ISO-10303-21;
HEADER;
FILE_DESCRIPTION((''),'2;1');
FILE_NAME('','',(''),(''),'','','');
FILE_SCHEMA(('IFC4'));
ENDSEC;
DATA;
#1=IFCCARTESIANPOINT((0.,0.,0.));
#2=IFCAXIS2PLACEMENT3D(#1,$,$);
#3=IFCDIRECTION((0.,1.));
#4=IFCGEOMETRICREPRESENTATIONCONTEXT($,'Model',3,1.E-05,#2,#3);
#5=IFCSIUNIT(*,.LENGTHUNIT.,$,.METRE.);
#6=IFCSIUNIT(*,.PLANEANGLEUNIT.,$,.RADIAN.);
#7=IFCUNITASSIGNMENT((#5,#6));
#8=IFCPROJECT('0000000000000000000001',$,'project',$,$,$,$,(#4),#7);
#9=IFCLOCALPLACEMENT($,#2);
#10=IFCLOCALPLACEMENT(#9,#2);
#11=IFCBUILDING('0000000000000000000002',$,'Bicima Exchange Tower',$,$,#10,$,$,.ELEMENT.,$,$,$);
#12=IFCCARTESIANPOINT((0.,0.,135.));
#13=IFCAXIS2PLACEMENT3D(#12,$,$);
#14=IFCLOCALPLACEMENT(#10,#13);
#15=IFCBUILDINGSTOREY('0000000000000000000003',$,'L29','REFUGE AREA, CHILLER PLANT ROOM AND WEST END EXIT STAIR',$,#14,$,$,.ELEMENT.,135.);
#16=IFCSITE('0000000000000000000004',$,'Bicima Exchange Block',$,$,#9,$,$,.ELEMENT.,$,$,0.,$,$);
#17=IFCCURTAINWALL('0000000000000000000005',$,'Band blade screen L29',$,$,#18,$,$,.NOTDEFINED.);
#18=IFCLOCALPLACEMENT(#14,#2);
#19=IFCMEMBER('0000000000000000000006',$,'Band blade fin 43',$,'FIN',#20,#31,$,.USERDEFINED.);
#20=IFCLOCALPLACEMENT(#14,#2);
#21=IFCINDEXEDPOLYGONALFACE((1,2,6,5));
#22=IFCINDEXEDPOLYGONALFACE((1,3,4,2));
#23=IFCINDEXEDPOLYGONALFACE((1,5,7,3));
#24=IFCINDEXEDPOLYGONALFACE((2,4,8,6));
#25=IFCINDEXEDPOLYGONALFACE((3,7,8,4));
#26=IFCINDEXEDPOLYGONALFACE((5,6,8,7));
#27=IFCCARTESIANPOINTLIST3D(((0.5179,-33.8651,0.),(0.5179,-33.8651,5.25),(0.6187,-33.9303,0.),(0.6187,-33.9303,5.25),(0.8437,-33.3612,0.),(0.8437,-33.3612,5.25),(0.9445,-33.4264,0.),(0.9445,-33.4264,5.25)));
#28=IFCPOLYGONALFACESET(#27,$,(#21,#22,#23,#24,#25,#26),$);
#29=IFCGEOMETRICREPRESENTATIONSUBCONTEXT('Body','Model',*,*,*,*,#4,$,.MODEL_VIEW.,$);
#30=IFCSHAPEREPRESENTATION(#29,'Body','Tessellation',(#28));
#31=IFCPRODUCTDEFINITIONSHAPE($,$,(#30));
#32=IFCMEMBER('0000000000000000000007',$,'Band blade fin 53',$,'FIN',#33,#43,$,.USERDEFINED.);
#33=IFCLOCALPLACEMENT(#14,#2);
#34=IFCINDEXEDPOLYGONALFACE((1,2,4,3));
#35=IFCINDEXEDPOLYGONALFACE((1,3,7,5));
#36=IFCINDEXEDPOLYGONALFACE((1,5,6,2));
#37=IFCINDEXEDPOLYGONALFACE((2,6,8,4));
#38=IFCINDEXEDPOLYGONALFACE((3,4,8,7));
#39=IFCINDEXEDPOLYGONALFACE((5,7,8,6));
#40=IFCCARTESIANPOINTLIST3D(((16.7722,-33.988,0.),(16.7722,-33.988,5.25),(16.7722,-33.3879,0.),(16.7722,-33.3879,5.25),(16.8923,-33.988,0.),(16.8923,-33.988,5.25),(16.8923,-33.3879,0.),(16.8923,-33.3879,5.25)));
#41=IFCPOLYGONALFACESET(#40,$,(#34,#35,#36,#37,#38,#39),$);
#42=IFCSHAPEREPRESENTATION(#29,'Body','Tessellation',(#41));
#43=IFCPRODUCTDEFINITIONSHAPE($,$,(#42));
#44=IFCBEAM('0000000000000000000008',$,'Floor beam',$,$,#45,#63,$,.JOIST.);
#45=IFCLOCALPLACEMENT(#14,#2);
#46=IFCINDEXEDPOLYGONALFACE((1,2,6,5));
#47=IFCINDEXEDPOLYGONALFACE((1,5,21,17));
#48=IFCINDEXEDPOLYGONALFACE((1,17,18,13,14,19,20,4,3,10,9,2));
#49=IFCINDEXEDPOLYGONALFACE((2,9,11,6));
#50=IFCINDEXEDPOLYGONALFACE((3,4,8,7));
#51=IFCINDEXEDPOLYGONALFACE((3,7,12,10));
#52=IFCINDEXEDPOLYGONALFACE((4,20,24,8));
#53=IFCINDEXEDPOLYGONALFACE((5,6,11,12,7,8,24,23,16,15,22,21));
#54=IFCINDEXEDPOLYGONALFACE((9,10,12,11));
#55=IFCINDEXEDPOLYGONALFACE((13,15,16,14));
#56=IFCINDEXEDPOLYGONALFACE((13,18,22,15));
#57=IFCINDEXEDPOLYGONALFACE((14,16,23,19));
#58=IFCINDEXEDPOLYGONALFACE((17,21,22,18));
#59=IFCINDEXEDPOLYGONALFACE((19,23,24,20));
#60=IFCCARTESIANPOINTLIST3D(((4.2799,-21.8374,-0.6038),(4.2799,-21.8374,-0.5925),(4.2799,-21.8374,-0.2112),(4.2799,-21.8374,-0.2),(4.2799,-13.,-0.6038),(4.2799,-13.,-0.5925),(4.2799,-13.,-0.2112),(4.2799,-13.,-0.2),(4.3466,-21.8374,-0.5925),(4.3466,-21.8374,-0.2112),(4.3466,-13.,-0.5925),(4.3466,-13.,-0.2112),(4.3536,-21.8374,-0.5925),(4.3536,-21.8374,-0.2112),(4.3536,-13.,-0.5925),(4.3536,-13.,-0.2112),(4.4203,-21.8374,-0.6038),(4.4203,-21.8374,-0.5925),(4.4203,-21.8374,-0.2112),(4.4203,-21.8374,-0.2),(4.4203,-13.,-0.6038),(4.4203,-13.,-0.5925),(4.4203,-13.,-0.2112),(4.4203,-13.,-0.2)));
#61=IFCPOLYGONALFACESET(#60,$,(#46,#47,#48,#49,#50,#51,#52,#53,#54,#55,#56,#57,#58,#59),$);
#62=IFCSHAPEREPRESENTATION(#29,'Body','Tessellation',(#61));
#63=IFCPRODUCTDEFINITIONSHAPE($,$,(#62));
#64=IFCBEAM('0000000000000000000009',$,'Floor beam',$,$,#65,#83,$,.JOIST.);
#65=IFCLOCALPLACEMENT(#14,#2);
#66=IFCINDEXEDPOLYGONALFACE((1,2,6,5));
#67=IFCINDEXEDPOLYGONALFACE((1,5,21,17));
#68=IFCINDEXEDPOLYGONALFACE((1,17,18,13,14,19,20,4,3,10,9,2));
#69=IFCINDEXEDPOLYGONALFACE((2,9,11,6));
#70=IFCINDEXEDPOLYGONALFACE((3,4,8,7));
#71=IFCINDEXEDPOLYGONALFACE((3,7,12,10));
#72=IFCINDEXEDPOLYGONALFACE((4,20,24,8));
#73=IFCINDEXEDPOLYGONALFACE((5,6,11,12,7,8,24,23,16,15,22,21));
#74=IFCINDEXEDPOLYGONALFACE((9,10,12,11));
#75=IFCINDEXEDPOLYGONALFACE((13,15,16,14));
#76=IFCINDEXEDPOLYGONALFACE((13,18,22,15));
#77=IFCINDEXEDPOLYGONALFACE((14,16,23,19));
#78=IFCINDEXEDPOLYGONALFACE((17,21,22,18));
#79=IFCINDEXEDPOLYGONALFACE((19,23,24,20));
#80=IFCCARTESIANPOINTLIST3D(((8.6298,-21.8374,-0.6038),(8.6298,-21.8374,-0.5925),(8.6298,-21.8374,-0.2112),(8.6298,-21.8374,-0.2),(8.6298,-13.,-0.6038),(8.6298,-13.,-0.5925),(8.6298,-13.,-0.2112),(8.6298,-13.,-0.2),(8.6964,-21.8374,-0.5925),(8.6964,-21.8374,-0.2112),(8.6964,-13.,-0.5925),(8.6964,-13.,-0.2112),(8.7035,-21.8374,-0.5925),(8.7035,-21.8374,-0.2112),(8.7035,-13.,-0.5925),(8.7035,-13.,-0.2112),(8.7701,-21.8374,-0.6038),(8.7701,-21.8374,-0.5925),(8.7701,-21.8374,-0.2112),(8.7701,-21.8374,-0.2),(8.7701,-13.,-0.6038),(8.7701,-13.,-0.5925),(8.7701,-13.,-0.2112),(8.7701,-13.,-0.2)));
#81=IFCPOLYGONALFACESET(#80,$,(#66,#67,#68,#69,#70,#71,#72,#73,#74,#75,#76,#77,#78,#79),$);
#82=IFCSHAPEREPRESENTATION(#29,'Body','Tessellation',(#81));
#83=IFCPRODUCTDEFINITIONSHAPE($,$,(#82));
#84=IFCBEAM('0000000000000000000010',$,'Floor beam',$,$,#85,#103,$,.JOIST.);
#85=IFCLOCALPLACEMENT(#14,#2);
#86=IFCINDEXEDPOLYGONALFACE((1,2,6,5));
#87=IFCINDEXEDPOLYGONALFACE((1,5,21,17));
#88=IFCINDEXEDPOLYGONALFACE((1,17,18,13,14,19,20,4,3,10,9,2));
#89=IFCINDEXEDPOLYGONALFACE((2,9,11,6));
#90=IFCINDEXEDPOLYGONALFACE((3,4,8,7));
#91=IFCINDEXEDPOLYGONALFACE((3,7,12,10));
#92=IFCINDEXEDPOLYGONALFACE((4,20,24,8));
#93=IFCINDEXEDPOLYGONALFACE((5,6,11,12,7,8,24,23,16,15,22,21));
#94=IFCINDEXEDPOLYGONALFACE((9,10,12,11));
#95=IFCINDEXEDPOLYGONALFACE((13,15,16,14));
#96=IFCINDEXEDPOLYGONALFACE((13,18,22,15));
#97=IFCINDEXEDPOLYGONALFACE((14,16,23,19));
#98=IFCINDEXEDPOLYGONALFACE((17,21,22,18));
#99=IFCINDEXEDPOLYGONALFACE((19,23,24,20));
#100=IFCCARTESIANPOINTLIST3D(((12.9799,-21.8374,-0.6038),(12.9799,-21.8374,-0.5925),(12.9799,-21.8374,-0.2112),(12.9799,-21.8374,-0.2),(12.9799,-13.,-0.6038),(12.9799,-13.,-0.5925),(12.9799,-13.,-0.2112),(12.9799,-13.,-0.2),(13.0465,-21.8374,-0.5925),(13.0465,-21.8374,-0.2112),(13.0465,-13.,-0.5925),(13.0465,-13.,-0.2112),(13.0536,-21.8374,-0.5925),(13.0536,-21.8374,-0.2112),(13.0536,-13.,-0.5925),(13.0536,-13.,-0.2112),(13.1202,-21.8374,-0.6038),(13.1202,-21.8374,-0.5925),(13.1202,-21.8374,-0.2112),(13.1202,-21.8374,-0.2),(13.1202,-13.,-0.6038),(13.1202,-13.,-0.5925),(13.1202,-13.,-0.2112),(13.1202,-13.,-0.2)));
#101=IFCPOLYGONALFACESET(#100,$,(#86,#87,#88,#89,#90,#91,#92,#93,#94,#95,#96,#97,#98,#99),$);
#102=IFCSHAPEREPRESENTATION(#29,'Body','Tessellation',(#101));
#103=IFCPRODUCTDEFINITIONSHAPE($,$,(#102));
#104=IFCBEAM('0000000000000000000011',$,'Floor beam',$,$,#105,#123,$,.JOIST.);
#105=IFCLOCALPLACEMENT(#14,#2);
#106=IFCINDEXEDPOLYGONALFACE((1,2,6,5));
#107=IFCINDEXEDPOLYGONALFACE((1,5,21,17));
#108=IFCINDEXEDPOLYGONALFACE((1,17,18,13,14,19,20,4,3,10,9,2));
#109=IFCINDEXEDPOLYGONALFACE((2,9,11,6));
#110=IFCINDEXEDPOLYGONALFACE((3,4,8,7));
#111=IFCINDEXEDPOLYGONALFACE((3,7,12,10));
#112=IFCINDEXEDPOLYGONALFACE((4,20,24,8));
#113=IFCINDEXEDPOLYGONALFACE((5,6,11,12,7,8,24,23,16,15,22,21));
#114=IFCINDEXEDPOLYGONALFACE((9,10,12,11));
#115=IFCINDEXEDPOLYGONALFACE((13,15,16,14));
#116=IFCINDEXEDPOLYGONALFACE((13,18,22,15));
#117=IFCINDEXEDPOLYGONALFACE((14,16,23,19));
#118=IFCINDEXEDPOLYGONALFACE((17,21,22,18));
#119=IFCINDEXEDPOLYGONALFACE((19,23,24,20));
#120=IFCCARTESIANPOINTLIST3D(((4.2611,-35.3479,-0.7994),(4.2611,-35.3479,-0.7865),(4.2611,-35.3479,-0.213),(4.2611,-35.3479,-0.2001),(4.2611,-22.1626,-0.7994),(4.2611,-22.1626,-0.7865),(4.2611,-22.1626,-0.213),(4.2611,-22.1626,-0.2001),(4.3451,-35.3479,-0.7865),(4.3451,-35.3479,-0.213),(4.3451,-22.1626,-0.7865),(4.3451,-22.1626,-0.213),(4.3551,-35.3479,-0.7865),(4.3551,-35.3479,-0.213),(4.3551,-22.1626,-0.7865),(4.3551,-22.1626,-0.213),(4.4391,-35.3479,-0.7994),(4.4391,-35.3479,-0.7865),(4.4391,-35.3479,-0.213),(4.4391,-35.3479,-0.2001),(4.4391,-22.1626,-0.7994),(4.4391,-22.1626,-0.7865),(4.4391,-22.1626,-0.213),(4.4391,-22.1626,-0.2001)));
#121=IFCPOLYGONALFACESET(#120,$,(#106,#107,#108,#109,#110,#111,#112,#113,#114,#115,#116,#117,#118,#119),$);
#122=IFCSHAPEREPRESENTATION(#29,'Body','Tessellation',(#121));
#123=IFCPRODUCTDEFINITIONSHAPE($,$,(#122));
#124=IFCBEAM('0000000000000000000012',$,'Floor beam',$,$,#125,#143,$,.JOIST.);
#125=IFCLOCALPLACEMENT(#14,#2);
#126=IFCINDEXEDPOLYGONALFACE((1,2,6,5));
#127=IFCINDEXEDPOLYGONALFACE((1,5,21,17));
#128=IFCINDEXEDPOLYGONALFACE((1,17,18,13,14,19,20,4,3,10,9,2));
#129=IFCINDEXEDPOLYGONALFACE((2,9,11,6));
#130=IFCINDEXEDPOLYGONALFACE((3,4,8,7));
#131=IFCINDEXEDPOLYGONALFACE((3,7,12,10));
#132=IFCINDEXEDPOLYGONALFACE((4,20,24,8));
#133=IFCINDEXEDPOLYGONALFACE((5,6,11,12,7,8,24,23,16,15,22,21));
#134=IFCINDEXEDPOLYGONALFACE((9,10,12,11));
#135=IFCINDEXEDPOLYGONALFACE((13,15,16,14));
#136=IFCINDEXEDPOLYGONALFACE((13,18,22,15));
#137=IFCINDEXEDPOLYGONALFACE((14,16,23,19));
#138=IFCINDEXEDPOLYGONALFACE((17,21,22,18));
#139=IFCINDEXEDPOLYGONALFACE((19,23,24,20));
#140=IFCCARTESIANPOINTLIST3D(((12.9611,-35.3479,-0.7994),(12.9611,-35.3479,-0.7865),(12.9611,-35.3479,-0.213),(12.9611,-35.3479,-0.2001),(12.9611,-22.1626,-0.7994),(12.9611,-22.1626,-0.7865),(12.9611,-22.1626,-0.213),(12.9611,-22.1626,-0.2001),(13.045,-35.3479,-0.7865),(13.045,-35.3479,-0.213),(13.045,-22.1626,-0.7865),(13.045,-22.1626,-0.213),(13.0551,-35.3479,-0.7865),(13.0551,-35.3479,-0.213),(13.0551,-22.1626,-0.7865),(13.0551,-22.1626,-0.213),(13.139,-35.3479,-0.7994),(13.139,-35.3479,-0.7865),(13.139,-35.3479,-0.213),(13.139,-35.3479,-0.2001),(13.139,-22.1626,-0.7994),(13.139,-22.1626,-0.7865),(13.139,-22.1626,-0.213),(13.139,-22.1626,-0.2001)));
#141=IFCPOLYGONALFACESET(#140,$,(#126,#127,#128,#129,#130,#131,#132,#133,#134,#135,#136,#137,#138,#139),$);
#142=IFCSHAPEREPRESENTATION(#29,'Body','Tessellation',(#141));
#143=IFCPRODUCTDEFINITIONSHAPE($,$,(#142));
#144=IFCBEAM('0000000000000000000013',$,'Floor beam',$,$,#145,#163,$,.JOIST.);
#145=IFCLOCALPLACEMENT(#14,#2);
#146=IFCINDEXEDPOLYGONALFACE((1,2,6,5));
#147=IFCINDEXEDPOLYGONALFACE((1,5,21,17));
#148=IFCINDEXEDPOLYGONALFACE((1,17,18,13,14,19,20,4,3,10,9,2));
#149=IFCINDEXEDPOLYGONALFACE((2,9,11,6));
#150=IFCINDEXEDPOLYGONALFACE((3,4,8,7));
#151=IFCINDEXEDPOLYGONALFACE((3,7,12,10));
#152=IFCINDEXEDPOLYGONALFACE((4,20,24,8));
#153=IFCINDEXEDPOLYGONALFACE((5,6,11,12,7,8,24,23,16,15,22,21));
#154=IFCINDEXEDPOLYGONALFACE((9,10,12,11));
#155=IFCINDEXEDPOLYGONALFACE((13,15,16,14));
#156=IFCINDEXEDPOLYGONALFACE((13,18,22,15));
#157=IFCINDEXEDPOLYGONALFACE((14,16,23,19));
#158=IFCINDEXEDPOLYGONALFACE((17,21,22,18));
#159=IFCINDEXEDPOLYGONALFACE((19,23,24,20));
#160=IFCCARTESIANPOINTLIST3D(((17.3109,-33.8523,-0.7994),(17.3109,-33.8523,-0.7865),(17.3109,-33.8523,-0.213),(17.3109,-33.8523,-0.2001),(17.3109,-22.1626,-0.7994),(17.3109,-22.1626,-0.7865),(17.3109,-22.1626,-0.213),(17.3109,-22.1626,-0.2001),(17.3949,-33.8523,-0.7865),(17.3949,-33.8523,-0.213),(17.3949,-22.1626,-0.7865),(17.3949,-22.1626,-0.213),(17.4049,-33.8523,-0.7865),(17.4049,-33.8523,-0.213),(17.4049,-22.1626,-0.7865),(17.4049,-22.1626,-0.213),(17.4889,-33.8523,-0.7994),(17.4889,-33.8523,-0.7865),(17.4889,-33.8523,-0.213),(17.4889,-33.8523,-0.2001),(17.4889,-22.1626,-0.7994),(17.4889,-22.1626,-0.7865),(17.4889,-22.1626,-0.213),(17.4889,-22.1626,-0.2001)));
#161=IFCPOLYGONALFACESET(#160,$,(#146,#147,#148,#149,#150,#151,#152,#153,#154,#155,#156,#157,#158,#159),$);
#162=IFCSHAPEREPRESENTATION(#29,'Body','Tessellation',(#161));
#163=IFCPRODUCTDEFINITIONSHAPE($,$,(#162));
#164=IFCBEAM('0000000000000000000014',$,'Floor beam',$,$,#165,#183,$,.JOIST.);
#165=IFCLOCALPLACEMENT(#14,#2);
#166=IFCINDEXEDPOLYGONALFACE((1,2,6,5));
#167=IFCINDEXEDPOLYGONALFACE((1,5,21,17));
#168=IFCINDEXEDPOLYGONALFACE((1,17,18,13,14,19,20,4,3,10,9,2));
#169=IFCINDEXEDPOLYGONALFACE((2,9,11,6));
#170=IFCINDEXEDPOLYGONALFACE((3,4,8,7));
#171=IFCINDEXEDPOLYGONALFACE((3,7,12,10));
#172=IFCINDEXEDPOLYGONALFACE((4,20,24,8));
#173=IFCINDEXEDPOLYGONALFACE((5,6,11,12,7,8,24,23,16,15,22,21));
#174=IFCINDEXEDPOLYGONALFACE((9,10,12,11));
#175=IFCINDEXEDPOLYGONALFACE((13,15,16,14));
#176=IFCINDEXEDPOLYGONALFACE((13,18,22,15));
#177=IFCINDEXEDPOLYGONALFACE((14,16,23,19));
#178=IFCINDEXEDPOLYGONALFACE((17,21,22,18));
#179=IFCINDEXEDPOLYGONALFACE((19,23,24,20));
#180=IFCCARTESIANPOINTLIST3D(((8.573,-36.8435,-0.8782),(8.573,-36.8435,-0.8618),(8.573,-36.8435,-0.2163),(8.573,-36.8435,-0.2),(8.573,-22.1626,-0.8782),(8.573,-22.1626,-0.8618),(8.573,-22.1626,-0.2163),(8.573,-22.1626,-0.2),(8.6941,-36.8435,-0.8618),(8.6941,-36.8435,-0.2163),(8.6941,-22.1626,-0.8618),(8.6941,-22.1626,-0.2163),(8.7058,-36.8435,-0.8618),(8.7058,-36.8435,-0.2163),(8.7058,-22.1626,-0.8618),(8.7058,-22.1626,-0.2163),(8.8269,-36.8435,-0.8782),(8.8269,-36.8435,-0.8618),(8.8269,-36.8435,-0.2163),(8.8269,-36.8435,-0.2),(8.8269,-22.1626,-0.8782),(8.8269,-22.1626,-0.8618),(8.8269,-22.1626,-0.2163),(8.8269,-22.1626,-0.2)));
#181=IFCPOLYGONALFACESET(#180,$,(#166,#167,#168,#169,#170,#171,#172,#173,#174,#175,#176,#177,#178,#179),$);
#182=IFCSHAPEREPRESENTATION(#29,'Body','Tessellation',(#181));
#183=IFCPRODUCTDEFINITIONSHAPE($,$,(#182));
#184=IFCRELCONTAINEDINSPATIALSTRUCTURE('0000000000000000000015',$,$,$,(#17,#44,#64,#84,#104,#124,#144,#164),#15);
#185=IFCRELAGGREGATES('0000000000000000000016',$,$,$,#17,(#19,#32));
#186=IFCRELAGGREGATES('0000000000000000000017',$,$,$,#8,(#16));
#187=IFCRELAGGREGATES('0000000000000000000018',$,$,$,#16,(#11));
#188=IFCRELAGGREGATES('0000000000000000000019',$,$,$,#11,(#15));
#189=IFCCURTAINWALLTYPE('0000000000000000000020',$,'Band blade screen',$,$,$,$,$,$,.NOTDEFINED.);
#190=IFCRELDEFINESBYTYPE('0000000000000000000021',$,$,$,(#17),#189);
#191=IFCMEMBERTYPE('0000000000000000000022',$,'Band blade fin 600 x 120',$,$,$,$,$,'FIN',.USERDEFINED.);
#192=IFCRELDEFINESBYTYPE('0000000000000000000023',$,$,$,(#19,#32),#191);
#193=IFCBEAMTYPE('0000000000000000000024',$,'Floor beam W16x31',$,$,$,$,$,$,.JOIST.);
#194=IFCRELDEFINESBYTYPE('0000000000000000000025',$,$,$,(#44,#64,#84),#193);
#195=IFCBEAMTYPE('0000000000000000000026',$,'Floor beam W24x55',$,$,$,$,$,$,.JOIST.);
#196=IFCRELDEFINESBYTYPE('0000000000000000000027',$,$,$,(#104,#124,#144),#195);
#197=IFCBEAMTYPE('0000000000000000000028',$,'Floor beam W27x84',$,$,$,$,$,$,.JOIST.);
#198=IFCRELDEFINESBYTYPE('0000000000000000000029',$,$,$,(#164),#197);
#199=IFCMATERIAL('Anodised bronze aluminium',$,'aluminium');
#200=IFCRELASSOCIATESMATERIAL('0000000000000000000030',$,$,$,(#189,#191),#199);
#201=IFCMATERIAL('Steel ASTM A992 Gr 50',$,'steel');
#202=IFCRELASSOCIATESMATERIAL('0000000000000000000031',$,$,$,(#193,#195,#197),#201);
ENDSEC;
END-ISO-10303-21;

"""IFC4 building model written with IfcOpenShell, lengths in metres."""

from ifc_helpers import new_model, si_unit, direction, frame, origin, origin_2d, place, context, subcontext, project, spatial, rectangle, i_section, extrude, material, material_profile, profile_set, type_object, element, aggregate, save


model = new_model("IFC4")

# Units and contexts
model_context = context("Model", 3, precision=1e-05, world=origin(), true_north=direction((0.0, 1.0)))
body_context = subcontext(model_context, "Body", "Model", "MODEL_VIEW")
ifc_project = project(units=[si_unit("LENGTHUNIT", "METRE"), si_unit("PLANEANGLEUNIT", "RADIAN")], contexts=[model_context])

# Site, building, storey
site_placement = place(None, origin())
site = spatial("IfcSite", under=ifc_project, at=site_placement, Name="Bicima Exchange Block", CompositionType="ELEMENT", RefElevation=0.0)
building_placement = place(site_placement, origin())
building = spatial("IfcBuilding", under=site, at=building_placement, Name="Bicima Exchange Tower", CompositionType="ELEMENT")
storey_placement = place(building_placement, frame((0.0, 0.0, 135.0)))
storey = spatial("IfcBuildingStorey", under=building, at=storey_placement, Name="L29", Description="REFUGE AREA, CHILLER PLANT ROOM AND WEST END EXIT STAIR", CompositionType="ELEMENT", Elevation=135.0)

# Curtain wall, members
ifc_material_1 = material(Name="Anodised bronze aluminium", Category="aluminium")
curtain_wall_type = type_object("IfcCurtainWallType", Name="Band blade screen", PredefinedType="NOTDEFINED", material=ifc_material_1)
curtain_wall_placement = place(storey_placement, origin())
curtain_wall = element("IfcCurtainWall", 1, at=curtain_wall_placement, inside=storey, type_object=curtain_wall_type, Name="Band blade screen L29", PredefinedType="NOTDEFINED")
ifc_material_profile_1 = material_profile(ifc_material_1, rectangle(XDim=0.6001, YDim=0.1201, at=origin_2d()))
ifc_profile_set_1 = profile_set([ifc_material_profile_1], Name="Anodised bronze aluminium")
member_type = type_object("IfcMemberType", Name="Band blade fin 600 x 120", ElementType="FIN", PredefinedType="USERDEFINED", material=ifc_profile_set_1)
member_1_placement = place(storey_placement, frame((0.7312, -33.6458, 0.0), z_axis=(0.0, 0.0, 1.0), x_axis=(0.542909, 0.839791, 0.0)))
member_1 = element("IfcMember", 2, at=member_1_placement, type_object=member_type, Name="Band blade fin 43", ObjectType="FIN", PredefinedType="USERDEFINED", context=body_context, shape_type="SweptSolid", body=[
    extrude(rectangle(XDim=0.6001, YDim=0.1201, at=origin_2d()), origin(), (0.0, 0.0, 1.0), 5.25),
])
member_2_placement = place(storey_placement, frame((16.8323, -33.688, 0.0), z_axis=(0.0, 0.0, 1.0), x_axis=(0.0, 1.0, 0.0)))
member_2 = element("IfcMember", 3, at=member_2_placement, type_object=member_type, Name="Band blade fin 53", ObjectType="FIN", PredefinedType="USERDEFINED", context=body_context, shape_type="SweptSolid", body=[
    extrude(rectangle(XDim=0.6001, YDim=0.1201, at=origin_2d()), origin(), (0.0, 0.0, 1.0), 5.25),
])
aggregate(curtain_wall, [member_1, member_2])

# Beams
ifc_material_2 = material(Name="Steel ASTM A992 Gr 50", Category="steel")
ifc_material_profile_2 = material_profile(ifc_material_2, i_section(OverallWidth=0.1404, OverallDepth=0.4038, WebThickness=0.0071, FlangeThickness=0.0112, at=origin_2d()))
ifc_profile_set_2 = profile_set([ifc_material_profile_2], Name="Steel ASTM A992 Gr 50")
beam_type_1 = type_object("IfcBeamType", Name="Floor beam W16x31", PredefinedType="JOIST", material=ifc_profile_set_2)
for number, where, z_axis, x_axis, name in (
    (4, (4.3501, -13.0, -0.4019), (0.0, -1.0, 0.0), (1.0, 0.0, 0.0), "Floor beam"),
    (5, (8.7, -13.0, -0.4019), (0.0, -1.0, 0.0), (1.0, 0.0, 0.0), "Floor beam"),
    (6, (13.05, -13.0, -0.4019), (0.0, -1.0, 0.0), (1.0, 0.0, 0.0), "Floor beam"),
):
    element("IfcBeam", number, at=place(storey_placement, frame(where, z_axis=z_axis, x_axis=x_axis)), inside=storey, type_object=beam_type_1, Name=name, PredefinedType="JOIST", context=body_context, shape_type="SweptSolid", body=[
        extrude(i_section(OverallWidth=0.1404, OverallDepth=0.4038, WebThickness=0.0071, FlangeThickness=0.0112, at=origin_2d()), origin(), (0.0, 0.0, 1.0), 8.8374),
    ])
ifc_material_profile_3 = material_profile(ifc_material_2, i_section(OverallWidth=0.178, OverallDepth=0.5994, WebThickness=0.01, FlangeThickness=0.0129, at=origin_2d()))
ifc_profile_set_3 = profile_set([ifc_material_profile_3], Name="Steel ASTM A992 Gr 50")
beam_type_2 = type_object("IfcBeamType", Name="Floor beam W24x55", PredefinedType="JOIST", material=ifc_profile_set_3)
for number, where, z_axis, x_axis, name in (
    (7, (4.3501, -22.1626, -0.4998), (0.0, -1.0, 0.0), (1.0, 0.0, 0.0), "Floor beam"),
    (8, (13.05, -22.1626, -0.4998), (0.0, -1.0, 0.0), (1.0, 0.0, 0.0), "Floor beam"),
):
    element("IfcBeam", number, at=place(storey_placement, frame(where, z_axis=z_axis, x_axis=x_axis)), inside=storey, type_object=beam_type_2, Name=name, PredefinedType="JOIST", context=body_context, shape_type="SweptSolid", body=[
        extrude(i_section(OverallWidth=0.178, OverallDepth=0.5994, WebThickness=0.01, FlangeThickness=0.0129, at=origin_2d()), origin(), (0.0, 0.0, 1.0), 13.1853),
    ])
beam_1_placement = place(storey_placement, frame((17.3999, -22.1626, -0.4998), z_axis=(0.0, -1.0, 0.0), x_axis=(1.0, 0.0, 0.0)))
element("IfcBeam", 9, at=beam_1_placement, inside=storey, type_object=beam_type_2, Name="Floor beam", PredefinedType="JOIST", context=body_context, shape_type="SweptSolid", body=[
    extrude(i_section(OverallWidth=0.178, OverallDepth=0.5994, WebThickness=0.01, FlangeThickness=0.0129, at=origin_2d()), origin(), (0.0, 0.0, 1.0), 11.6897),
])
ifc_material_profile_4 = material_profile(ifc_material_2, i_section(OverallWidth=0.2539, OverallDepth=0.6782, WebThickness=0.0117, FlangeThickness=0.0164, at=origin_2d()))
ifc_profile_set_4 = profile_set([ifc_material_profile_4], Name="Steel ASTM A992 Gr 50")
beam_type_3 = type_object("IfcBeamType", Name="Floor beam W27x84", PredefinedType="JOIST", material=ifc_profile_set_4)
beam_2_placement = place(storey_placement, frame((8.7, -22.1626, -0.5391), z_axis=(0.0, -1.0, 0.0), x_axis=(1.0, 0.0, 0.0)))
element("IfcBeam", 10, at=beam_2_placement, inside=storey, type_object=beam_type_3, Name="Floor beam", PredefinedType="JOIST", context=body_context, shape_type="SweptSolid", body=[
    extrude(i_section(OverallWidth=0.2539, OverallDepth=0.6782, WebThickness=0.0117, FlangeThickness=0.0164, at=origin_2d()), origin(), (0.0, 0.0, 1.0), 14.6809),
])

save(model, "model.ifc")
